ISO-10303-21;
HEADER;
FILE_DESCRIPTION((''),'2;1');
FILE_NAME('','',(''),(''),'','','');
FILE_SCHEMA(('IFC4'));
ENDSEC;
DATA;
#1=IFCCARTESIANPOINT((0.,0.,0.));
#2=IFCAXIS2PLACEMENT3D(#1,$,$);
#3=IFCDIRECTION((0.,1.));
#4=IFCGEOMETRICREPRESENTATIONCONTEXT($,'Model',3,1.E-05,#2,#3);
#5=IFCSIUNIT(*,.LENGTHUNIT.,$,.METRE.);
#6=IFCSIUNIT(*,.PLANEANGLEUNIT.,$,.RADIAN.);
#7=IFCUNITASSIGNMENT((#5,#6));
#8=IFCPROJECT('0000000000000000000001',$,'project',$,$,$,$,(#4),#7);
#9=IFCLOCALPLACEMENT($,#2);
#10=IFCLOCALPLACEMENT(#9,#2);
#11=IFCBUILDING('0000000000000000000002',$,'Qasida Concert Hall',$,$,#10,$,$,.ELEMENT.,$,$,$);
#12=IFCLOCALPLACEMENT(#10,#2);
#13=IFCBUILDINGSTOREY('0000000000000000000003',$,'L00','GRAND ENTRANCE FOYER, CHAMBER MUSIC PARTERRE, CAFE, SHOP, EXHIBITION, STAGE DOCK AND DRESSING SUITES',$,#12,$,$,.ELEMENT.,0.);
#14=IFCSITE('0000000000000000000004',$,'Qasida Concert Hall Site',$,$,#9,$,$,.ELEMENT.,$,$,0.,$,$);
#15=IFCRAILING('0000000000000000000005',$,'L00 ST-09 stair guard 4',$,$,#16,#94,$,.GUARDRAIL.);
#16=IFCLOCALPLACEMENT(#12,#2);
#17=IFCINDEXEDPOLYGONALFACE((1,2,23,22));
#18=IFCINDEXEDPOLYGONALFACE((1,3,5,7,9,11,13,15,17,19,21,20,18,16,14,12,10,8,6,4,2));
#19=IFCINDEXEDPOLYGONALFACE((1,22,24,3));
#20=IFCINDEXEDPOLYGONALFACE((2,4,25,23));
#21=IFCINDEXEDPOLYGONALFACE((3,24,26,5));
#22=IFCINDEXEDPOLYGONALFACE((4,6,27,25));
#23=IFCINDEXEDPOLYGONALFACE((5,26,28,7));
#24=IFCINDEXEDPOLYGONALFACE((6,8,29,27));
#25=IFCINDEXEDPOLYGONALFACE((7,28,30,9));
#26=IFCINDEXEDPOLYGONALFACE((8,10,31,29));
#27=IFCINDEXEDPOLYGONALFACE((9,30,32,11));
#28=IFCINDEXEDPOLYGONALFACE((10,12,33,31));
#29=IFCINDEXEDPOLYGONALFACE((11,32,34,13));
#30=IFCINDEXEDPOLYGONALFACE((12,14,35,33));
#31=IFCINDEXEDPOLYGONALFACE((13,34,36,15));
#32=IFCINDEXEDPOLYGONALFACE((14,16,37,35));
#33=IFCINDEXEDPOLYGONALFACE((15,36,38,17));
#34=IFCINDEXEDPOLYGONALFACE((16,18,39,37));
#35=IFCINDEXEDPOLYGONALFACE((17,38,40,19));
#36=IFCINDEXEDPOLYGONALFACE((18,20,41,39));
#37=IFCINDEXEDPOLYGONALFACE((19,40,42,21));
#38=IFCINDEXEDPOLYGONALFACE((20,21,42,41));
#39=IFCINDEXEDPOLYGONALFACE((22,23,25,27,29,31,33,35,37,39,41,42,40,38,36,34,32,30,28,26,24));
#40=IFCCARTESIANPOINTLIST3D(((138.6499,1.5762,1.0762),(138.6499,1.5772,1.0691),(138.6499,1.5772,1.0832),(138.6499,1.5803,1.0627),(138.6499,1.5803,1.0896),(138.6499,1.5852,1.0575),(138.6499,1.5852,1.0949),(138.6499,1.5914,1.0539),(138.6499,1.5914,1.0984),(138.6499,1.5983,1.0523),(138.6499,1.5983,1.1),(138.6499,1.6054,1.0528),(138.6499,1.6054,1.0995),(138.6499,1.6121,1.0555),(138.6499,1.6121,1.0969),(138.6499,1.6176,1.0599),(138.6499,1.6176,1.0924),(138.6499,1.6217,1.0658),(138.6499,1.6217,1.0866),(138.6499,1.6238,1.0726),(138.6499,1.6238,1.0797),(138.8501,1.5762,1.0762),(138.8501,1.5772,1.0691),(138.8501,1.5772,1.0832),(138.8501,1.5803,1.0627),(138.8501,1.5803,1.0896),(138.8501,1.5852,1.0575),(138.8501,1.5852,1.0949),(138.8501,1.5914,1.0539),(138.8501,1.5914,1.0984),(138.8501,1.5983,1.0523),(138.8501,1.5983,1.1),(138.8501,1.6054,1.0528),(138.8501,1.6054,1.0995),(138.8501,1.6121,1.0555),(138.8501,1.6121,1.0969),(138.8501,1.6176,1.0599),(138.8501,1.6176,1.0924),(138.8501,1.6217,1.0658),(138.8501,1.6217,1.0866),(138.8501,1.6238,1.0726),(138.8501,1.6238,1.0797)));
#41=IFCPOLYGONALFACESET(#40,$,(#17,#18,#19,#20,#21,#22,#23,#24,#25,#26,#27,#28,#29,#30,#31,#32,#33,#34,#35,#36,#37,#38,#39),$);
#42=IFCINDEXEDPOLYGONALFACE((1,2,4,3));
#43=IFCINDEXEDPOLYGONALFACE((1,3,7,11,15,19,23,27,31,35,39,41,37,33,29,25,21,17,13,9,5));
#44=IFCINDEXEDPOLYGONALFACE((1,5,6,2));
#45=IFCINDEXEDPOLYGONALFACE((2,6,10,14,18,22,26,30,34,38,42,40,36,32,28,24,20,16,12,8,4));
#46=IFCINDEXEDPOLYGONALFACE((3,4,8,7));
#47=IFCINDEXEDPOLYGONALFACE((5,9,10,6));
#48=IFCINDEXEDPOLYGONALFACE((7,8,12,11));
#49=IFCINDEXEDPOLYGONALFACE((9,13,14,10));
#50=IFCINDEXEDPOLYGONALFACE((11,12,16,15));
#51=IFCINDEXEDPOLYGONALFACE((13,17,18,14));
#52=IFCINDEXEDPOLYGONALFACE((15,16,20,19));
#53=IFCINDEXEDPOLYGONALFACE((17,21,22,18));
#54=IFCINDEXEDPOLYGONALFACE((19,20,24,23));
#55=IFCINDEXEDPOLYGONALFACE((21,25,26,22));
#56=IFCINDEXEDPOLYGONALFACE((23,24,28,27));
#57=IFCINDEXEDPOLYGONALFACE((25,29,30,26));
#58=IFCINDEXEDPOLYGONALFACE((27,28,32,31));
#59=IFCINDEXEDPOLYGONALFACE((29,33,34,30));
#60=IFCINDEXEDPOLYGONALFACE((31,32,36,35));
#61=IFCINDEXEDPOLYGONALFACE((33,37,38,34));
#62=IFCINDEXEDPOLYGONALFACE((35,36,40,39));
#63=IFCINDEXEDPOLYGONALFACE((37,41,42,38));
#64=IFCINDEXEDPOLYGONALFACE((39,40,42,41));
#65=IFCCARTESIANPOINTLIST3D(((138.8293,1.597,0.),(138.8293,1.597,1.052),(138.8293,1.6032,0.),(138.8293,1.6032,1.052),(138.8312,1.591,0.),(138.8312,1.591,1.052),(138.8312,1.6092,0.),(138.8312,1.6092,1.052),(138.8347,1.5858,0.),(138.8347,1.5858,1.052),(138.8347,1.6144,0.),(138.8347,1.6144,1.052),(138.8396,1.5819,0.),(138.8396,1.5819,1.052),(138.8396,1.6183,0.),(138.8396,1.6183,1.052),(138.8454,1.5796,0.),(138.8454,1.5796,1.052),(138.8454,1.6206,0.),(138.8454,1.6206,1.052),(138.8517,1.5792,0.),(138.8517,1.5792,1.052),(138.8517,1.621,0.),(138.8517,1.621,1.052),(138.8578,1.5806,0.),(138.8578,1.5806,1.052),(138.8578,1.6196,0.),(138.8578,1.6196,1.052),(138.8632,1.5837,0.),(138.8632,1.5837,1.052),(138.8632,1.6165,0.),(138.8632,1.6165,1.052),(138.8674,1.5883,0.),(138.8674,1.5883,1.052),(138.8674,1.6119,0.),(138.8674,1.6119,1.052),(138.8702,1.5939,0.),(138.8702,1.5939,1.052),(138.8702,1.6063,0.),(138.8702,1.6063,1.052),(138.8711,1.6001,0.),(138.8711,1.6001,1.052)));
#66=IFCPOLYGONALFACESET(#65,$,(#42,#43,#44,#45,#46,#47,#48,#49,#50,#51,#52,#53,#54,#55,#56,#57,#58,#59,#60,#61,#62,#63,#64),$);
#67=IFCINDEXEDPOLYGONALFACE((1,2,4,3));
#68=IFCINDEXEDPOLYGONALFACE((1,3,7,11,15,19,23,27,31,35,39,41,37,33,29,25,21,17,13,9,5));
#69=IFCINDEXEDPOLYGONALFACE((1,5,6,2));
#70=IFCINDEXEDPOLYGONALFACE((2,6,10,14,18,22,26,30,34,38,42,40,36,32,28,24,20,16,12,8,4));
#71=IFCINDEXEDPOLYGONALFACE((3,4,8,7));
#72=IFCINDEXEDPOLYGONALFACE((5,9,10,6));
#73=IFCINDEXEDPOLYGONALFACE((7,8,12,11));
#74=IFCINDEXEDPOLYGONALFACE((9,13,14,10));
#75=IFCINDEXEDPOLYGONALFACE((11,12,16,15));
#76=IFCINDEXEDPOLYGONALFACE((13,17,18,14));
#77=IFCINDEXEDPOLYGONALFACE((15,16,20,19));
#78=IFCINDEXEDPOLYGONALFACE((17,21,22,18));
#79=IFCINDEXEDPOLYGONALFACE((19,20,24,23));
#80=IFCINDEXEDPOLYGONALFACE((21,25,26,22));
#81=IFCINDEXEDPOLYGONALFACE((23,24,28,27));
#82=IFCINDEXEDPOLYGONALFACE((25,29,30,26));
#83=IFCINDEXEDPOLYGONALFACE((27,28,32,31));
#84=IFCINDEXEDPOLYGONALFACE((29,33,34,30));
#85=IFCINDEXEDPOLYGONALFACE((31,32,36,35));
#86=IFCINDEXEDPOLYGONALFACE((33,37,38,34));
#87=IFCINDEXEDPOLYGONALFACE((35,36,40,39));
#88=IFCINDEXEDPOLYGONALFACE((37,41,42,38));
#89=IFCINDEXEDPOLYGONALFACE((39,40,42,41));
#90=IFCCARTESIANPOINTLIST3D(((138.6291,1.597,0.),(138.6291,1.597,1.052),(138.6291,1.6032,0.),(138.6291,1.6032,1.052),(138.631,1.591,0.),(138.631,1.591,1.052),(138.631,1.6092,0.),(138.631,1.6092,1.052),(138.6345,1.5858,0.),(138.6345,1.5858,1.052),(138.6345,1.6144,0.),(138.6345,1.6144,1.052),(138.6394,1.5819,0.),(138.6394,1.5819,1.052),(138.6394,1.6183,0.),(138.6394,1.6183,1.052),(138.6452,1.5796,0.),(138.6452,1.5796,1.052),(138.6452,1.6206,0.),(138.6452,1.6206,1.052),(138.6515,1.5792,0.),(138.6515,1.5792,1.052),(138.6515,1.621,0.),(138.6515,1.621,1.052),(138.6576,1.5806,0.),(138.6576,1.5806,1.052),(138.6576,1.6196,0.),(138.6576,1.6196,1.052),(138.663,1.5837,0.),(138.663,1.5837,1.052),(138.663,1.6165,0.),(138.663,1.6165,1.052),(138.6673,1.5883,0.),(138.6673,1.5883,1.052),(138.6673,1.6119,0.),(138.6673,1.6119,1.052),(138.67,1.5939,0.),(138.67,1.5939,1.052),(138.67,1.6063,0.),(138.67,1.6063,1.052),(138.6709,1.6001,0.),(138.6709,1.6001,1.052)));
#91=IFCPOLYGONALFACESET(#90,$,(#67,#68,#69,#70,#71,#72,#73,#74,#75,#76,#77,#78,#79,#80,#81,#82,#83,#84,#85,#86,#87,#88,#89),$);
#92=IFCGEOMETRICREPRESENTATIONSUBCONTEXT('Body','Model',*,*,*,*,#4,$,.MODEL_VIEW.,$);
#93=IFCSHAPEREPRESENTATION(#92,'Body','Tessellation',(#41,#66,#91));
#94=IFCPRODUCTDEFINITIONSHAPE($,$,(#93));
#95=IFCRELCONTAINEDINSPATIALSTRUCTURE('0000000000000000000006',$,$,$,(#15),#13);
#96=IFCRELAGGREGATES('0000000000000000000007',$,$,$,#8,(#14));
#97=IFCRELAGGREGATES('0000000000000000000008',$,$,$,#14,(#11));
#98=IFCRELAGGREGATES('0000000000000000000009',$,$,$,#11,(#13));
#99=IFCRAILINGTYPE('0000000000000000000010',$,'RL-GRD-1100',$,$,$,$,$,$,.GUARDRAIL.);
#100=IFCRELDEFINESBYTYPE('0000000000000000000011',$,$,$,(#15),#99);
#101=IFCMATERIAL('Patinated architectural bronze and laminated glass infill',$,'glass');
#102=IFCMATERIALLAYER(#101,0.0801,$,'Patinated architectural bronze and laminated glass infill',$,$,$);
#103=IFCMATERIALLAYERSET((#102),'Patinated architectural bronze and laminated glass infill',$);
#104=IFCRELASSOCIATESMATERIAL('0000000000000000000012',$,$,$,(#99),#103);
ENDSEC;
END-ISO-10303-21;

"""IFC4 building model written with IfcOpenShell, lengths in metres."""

from ifc_helpers import new_model, si_unit, direction, frame, origin, origin_2d, place, context, subcontext, project, spatial, circle, extrude, material, layer, layer_set, type_object, element, save


model = new_model("IFC4")

# Units and contexts
model_context = context("Model", 3, precision=1e-05, world=origin(), true_north=direction((0.0, 1.0)))
body_context = subcontext(model_context, "Body", "Model", "MODEL_VIEW")
ifc_project = project(units=[si_unit("LENGTHUNIT", "METRE"), si_unit("PLANEANGLEUNIT", "RADIAN")], contexts=[model_context])

# Site, building, storey
site_placement = place(None, origin())
site = spatial("IfcSite", under=ifc_project, at=site_placement, Name="Qasida Concert Hall Site", CompositionType="ELEMENT", RefElevation=0.0)
building_placement = place(site_placement, origin())
building = spatial("IfcBuilding", under=site, at=building_placement, Name="Qasida Concert Hall", CompositionType="ELEMENT")
storey_placement = place(building_placement, origin())
storey = spatial("IfcBuildingStorey", under=building, at=storey_placement, Name="L00", Description="GRAND ENTRANCE FOYER, CHAMBER MUSIC PARTERRE, CAFE, SHOP, EXHIBITION, STAGE DOCK AND DRESSING SUITES", CompositionType="ELEMENT", Elevation=0.0)

# Railing
ifc_material_1 = material(Name="Patinated architectural bronze and laminated glass infill", Category="glass")
ifc_layer_1 = layer(ifc_material_1, 0.0801, Name="Patinated architectural bronze and laminated glass infill")
ifc_layer_set_1 = layer_set([ifc_layer_1], Name="Patinated architectural bronze and laminated glass infill")
railing_type_1 = type_object("IfcRailingType", Name="RL-GRD-1100", PredefinedType="GUARDRAIL", material=ifc_layer_set_1)
railing_1_placement = place(storey_placement, frame((138.8501, 1.6001, 0.0)))
element("IfcRailing", 1, at=railing_1_placement, inside=storey, type_object=railing_type_1, Name="L00 ST-09 stair guard 4", PredefinedType="GUARDRAIL", context=body_context, shape_type="SweptSolid", body=[
    extrude(circle(Radius=0.0239, at=origin_2d()), frame((0.0, 0.0, 1.0762), z_axis=(-1.0, 0.0, 0.0), x_axis=(0.0, -1.0, 0.0)), (0.0, 0.0, 1.0), 0.2002),
    extrude(circle(Radius=0.021, at=origin_2d()), origin(), (0.0, 0.0, 1.0), 1.052),
    extrude(circle(Radius=0.021, at=origin_2d()), frame((-0.2002, 0.0, 0.0)), (0.0, 0.0, 1.0), 1.052),
])

save(model, "model.ifc")
